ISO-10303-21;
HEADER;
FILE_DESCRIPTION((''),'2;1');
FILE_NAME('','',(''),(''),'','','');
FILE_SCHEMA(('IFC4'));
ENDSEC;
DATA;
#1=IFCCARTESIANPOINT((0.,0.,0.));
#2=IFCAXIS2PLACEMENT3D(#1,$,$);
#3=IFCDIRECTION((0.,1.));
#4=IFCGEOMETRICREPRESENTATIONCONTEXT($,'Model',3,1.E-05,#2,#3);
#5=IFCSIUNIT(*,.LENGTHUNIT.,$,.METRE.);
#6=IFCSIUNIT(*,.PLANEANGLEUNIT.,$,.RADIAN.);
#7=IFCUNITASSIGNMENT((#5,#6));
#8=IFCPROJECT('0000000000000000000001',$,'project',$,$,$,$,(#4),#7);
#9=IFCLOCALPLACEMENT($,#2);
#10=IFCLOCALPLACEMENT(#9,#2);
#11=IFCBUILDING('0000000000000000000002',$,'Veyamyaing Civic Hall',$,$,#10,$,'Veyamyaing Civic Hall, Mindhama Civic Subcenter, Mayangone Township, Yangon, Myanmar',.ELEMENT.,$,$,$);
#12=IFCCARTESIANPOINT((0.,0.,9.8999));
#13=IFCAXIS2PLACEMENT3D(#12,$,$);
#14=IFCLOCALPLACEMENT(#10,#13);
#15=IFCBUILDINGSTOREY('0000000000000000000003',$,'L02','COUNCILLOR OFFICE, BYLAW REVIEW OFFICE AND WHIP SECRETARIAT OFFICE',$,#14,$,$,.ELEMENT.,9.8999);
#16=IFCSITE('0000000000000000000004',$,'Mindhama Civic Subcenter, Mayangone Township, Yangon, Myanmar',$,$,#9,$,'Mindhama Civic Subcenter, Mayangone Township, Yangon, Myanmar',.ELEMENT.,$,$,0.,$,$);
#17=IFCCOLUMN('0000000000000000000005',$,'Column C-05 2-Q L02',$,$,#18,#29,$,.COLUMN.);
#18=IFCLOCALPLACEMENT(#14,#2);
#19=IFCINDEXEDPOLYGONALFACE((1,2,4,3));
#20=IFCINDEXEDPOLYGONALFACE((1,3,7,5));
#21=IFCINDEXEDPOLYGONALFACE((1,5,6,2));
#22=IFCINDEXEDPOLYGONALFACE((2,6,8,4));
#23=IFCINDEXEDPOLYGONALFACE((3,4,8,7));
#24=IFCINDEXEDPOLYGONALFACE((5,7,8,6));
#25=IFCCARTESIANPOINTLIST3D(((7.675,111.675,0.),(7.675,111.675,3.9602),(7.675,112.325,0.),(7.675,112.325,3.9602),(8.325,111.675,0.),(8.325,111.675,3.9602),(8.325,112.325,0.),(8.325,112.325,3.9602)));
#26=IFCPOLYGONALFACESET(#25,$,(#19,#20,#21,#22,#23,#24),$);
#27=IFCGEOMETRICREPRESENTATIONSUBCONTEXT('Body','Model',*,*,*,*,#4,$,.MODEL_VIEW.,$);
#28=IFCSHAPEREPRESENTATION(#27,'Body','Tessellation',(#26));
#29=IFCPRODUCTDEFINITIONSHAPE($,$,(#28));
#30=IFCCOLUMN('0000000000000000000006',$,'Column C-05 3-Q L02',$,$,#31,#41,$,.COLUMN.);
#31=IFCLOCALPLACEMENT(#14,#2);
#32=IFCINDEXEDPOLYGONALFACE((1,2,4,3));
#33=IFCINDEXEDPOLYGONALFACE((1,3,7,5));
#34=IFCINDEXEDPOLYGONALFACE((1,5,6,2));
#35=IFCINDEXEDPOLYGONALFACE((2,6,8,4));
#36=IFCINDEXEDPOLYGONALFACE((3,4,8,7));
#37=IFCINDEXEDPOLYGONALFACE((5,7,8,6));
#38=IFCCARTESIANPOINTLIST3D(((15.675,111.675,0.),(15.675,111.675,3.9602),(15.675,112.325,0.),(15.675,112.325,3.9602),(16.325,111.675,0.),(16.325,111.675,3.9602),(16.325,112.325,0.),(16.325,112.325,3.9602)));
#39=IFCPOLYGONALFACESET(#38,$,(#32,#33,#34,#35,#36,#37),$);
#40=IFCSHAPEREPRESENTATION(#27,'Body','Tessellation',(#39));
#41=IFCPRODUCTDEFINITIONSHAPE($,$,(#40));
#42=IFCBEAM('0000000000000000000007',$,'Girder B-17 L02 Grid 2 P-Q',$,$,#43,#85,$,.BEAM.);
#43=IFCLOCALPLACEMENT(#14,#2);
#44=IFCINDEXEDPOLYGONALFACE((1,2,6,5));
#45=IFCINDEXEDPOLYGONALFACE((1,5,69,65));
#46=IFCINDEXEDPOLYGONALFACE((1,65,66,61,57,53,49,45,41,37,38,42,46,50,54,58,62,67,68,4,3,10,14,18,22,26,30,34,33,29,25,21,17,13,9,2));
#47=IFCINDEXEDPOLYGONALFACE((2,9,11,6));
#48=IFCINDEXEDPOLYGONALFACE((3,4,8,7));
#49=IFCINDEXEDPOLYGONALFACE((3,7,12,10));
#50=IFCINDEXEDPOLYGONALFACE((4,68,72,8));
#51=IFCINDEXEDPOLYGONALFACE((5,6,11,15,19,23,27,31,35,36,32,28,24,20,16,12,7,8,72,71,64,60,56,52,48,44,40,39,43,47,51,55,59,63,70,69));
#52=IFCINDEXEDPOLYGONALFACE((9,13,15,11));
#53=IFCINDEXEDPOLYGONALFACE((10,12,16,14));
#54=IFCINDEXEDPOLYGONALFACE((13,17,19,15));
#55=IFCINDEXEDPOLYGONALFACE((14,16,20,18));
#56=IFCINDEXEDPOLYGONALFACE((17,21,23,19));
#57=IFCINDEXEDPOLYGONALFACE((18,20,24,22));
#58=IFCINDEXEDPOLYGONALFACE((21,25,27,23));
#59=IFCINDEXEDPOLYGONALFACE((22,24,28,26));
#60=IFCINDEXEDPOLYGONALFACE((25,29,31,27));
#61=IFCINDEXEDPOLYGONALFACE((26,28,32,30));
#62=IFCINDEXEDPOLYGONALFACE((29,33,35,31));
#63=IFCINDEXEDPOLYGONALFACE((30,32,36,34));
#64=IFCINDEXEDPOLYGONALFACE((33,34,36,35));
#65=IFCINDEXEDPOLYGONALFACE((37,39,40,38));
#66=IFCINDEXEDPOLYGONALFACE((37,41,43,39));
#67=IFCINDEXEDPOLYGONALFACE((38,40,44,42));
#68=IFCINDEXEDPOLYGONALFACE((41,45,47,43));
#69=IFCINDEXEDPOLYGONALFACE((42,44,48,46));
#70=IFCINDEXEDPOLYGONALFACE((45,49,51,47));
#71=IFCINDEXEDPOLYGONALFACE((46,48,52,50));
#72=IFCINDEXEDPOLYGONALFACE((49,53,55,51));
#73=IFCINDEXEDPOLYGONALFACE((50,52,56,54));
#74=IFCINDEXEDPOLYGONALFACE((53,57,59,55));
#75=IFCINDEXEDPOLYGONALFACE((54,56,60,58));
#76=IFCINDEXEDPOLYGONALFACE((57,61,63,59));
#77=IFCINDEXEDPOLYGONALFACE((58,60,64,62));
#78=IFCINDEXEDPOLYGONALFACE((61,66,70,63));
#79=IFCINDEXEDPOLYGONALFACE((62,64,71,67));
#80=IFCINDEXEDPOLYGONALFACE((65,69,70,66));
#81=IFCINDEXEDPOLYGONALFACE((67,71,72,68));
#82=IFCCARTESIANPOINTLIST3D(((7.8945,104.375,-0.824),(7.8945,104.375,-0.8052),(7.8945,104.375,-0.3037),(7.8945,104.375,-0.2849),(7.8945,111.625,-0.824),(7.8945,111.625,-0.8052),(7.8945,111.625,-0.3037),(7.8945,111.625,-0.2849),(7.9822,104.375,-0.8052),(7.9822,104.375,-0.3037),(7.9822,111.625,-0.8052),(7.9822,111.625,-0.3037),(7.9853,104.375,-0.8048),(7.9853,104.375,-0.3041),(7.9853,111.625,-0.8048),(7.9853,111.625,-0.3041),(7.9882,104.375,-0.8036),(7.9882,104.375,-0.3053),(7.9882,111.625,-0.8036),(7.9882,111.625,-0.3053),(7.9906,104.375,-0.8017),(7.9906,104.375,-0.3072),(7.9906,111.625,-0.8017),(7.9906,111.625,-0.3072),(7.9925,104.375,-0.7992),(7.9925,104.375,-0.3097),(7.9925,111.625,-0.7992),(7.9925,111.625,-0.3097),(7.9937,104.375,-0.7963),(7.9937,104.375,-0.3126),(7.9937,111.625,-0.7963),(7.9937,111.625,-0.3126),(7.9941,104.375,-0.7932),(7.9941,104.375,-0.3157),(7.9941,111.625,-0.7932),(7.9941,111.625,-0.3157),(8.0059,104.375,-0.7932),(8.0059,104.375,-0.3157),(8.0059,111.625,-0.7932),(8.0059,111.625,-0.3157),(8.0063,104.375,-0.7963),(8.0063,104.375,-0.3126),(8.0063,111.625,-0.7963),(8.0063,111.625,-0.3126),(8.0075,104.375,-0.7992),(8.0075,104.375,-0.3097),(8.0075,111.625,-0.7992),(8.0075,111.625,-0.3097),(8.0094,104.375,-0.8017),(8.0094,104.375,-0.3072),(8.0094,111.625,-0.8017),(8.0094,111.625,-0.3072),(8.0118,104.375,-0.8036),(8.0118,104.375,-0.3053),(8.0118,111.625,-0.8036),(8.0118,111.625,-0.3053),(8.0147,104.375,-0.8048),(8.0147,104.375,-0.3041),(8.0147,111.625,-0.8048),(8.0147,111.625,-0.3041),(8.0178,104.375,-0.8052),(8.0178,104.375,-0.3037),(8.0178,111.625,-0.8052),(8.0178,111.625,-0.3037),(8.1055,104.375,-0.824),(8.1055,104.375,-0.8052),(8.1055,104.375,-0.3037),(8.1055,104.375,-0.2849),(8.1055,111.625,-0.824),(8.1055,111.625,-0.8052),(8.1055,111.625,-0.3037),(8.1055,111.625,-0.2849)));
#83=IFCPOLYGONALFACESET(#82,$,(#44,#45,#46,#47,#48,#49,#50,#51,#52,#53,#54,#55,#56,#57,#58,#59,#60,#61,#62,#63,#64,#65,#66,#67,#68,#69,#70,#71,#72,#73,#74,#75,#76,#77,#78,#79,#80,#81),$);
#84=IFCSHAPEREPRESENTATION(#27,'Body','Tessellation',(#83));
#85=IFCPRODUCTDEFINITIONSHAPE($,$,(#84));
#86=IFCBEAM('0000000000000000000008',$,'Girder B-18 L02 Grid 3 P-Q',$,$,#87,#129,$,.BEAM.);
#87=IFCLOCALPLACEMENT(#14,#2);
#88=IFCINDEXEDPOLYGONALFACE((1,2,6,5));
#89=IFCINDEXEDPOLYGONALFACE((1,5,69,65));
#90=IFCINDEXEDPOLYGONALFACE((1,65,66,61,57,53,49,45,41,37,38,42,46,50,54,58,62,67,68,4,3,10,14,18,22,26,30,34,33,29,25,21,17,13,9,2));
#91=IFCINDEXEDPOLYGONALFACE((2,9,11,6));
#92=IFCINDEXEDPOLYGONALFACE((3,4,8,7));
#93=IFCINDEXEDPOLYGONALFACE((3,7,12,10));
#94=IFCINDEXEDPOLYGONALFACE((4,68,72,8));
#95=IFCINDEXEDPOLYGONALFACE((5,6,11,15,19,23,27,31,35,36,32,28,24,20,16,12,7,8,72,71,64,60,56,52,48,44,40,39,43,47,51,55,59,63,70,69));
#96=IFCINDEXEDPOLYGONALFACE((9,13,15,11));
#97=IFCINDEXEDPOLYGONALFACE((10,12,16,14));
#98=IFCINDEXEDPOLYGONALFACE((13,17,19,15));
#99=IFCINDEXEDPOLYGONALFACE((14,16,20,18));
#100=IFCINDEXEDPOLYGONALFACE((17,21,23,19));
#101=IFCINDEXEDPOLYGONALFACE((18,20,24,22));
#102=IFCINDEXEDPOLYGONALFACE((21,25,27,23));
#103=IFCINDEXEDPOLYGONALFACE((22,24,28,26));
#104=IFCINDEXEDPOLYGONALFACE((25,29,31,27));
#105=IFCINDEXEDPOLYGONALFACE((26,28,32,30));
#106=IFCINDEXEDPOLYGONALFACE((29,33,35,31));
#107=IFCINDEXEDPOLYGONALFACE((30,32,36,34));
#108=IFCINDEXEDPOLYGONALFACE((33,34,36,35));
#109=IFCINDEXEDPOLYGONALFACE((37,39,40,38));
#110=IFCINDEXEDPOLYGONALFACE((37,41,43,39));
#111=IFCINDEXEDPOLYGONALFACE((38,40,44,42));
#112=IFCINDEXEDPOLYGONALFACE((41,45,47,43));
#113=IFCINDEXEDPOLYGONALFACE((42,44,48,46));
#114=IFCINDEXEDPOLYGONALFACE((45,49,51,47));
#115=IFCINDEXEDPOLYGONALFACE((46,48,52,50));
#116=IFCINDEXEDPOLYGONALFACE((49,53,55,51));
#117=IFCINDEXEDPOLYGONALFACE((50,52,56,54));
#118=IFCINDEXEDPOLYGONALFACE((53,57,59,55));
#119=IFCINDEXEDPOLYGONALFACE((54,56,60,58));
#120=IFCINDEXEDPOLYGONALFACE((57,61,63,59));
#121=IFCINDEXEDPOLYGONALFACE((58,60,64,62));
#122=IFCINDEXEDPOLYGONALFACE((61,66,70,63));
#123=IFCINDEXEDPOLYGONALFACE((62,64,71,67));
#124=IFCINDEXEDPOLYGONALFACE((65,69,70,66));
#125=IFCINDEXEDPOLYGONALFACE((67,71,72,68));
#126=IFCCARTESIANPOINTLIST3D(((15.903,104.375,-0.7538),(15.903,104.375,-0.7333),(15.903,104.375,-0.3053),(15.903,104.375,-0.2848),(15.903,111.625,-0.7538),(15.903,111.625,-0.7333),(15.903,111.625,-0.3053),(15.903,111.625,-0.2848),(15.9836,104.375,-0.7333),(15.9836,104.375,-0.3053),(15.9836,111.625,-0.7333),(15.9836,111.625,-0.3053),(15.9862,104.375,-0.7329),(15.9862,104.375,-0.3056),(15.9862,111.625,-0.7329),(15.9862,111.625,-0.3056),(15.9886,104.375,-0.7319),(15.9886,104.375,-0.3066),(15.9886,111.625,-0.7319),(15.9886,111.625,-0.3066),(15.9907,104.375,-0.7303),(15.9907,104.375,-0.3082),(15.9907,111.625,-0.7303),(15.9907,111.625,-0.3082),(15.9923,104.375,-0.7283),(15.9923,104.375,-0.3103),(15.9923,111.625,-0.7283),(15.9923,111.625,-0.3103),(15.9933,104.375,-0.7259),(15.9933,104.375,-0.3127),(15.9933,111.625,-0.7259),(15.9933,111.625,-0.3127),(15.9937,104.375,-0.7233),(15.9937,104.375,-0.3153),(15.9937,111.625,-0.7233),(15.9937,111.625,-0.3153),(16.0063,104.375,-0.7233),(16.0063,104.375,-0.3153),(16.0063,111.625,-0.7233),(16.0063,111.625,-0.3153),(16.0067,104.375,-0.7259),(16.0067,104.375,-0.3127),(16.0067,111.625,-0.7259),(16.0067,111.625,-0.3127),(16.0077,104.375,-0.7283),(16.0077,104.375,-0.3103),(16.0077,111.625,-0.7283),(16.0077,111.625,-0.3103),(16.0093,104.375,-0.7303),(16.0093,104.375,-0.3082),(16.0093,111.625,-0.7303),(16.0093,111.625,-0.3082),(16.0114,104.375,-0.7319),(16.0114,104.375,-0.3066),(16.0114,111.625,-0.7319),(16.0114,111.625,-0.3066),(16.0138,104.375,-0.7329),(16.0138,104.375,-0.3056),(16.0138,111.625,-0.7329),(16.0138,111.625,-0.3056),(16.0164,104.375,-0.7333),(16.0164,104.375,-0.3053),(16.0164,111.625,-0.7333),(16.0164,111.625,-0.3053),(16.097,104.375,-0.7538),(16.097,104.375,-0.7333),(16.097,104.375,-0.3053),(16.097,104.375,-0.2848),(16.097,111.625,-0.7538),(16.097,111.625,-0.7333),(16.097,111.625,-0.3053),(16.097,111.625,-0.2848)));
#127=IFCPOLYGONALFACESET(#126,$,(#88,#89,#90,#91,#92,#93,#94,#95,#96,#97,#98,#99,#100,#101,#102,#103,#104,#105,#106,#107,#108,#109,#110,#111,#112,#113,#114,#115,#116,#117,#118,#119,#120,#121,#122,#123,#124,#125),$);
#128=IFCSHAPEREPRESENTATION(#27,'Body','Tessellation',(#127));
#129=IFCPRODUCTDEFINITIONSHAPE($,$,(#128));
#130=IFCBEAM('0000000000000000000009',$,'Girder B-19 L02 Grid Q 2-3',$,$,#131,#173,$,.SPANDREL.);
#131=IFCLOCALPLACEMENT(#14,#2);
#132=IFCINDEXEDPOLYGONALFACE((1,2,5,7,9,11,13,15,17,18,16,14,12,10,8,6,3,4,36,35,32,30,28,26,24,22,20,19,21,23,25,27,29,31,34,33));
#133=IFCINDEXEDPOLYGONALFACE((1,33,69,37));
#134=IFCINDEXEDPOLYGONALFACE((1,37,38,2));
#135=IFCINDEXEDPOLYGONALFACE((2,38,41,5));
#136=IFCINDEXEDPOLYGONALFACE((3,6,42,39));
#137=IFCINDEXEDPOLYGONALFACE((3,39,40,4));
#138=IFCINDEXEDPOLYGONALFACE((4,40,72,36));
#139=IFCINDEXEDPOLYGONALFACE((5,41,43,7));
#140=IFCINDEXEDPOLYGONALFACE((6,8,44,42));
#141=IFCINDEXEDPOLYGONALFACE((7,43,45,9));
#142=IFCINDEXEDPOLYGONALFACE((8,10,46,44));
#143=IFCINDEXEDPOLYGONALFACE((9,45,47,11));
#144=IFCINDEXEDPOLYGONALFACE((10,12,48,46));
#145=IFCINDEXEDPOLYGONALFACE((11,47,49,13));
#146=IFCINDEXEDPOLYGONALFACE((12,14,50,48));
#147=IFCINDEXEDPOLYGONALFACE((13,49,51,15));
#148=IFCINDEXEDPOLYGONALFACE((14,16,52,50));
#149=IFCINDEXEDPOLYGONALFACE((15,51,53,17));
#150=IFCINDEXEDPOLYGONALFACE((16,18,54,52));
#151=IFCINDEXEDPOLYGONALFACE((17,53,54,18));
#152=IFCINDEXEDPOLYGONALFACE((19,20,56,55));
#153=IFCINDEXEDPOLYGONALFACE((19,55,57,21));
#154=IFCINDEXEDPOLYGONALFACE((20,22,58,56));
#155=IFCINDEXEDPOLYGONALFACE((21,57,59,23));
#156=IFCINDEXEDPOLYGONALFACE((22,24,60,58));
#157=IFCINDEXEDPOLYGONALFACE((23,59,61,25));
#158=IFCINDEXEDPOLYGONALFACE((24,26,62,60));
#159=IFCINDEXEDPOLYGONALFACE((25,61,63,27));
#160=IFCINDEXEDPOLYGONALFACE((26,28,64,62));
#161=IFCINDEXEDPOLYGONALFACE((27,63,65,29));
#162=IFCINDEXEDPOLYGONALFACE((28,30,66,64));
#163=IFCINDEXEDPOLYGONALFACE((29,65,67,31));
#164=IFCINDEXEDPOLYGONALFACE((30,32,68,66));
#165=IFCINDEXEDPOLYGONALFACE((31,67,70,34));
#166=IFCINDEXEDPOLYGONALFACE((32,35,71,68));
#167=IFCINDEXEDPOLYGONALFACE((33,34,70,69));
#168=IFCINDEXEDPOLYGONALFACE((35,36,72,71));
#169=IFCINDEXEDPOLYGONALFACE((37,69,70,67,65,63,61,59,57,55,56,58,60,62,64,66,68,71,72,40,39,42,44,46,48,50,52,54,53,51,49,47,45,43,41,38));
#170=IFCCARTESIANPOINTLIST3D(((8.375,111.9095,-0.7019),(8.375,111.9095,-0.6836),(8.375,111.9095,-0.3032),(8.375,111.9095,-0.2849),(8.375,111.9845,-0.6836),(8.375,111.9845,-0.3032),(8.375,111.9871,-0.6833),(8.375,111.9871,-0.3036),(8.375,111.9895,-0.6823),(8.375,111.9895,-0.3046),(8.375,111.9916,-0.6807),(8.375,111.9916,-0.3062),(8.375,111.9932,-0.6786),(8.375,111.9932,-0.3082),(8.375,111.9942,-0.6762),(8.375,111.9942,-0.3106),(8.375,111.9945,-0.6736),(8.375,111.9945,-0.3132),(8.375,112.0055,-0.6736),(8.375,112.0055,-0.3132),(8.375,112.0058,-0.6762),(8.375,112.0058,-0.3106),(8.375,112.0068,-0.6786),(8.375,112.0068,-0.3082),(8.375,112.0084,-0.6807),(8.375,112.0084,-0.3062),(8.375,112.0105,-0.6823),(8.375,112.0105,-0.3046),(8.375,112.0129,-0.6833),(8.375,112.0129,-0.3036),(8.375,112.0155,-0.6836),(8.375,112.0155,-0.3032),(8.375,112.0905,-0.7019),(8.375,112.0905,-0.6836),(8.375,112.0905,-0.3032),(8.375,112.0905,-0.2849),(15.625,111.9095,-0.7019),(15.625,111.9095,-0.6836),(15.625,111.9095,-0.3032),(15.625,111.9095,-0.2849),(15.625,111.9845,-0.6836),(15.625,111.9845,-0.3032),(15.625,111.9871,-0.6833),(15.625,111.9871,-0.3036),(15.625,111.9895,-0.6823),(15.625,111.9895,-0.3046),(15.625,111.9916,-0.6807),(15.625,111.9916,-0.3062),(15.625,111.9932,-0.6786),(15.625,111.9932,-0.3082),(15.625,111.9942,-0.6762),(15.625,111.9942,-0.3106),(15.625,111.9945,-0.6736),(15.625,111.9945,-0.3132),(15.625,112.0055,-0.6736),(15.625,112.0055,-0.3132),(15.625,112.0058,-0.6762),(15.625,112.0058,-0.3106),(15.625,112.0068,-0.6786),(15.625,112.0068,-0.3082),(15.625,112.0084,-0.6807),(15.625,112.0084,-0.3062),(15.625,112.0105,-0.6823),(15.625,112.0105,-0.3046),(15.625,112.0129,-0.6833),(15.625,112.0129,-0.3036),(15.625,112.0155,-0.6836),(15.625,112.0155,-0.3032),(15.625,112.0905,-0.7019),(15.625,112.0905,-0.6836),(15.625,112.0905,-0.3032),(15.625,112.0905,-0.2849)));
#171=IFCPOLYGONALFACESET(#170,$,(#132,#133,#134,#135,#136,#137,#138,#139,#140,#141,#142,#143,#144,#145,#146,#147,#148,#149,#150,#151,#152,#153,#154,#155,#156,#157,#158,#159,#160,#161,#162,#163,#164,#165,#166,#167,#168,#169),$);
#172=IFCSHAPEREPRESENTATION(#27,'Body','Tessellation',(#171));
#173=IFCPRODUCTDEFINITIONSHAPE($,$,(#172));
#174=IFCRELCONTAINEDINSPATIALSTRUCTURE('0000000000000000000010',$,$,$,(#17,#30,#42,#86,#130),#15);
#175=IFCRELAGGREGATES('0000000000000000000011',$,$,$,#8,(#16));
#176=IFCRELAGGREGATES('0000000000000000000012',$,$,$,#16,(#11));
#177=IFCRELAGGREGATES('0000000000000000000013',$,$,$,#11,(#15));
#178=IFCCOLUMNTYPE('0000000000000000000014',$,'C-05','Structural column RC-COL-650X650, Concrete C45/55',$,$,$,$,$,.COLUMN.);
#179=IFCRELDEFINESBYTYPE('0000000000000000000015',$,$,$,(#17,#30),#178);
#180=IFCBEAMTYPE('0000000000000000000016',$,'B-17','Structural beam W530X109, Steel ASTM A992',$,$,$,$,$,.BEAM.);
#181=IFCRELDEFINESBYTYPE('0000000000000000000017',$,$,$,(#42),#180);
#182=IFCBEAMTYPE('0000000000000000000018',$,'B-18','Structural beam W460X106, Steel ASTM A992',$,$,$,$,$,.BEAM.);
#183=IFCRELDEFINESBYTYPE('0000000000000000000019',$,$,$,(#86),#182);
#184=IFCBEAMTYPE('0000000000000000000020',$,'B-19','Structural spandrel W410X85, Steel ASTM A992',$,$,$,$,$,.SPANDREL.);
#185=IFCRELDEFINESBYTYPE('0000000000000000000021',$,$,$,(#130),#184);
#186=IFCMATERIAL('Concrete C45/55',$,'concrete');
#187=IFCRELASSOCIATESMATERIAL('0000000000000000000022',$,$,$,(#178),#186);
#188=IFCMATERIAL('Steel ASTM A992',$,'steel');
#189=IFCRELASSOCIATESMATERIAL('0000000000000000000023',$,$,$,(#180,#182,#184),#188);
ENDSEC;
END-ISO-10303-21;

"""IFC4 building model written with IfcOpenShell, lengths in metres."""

from ifc_helpers import new_model, si_unit, direction, frame, origin, origin_2d, place, context, subcontext, project, spatial, rectangle, i_section, extrude, material, material_profile, profile_set, type_object, element, save


model = new_model("IFC4")

# Units and contexts
model_context = context("Model", 3, precision=1e-05, world=origin(), true_north=direction((0.0, 1.0)))
body_context = subcontext(model_context, "Body", "Model", "MODEL_VIEW")
ifc_project = project(units=[si_unit("LENGTHUNIT", "METRE"), si_unit("PLANEANGLEUNIT", "RADIAN")], contexts=[model_context])

# Site, building, storey
site_placement = place(None, origin())
site = spatial("IfcSite", under=ifc_project, at=site_placement, Name="Mindhama Civic Subcenter, Mayangone Township, Yangon, Myanmar", LongName="Mindhama Civic Subcenter, Mayangone Township, Yangon, Myanmar", CompositionType="ELEMENT", RefElevation=0.0)
building_placement = place(site_placement, origin())
building = spatial("IfcBuilding", under=site, at=building_placement, Name="Veyamyaing Civic Hall", LongName="Veyamyaing Civic Hall, Mindhama Civic Subcenter, Mayangone Township, Yangon, Myanmar", CompositionType="ELEMENT")
storey_placement = place(building_placement, frame((0.0, 0.0, 9.8999)))
storey = spatial("IfcBuildingStorey", under=building, at=storey_placement, Name="L02", Description="COUNCILLOR OFFICE, BYLAW REVIEW OFFICE AND WHIP SECRETARIAT OFFICE", CompositionType="ELEMENT", Elevation=9.8999)

# Columns
ifc_material_1 = material(Name="Concrete C45/55", Category="concrete")
ifc_material_profile_1 = material_profile(ifc_material_1, rectangle(XDim=0.6499, YDim=0.6499, at=origin_2d()), Name="RC-COL-650X650")
ifc_profile_set_1 = profile_set([ifc_material_profile_1], Name="Concrete C45/55")
column_type = type_object("IfcColumnType", Name="C-05", Description="Structural column RC-COL-650X650, Concrete C45/55", PredefinedType="COLUMN", material=ifc_profile_set_1)
for number, where, z_axis, x_axis, name in (
    (1, (8.0, 112.0, 0.0), (0.0, 0.0, 1.0), (1.0, 0.0, 0.0), "Column C-05 2-Q L02"),
    (2, (16.0, 112.0, 0.0), (0.0, 0.0, 1.0), (1.0, 0.0, 0.0), "Column C-05 3-Q L02"),
):
    element("IfcColumn", number, at=place(storey_placement, frame(where, z_axis=z_axis, x_axis=x_axis)), inside=storey, type_object=column_type, Name=name, PredefinedType="COLUMN", context=body_context, shape_type="SweptSolid", body=[
        extrude(rectangle(XDim=0.6499, YDim=0.6499, at=origin_2d()), origin(), (0.0, 0.0, 1.0), 3.9602),
    ])

# Beams
ifc_material_2 = material(Name="Steel ASTM A992", Category="steel")
ifc_material_profile_2 = material_profile(ifc_material_2, i_section(OverallWidth=0.2109, OverallDepth=0.5391, WebThickness=0.0117, FlangeThickness=0.0188, FilletRadius=0.012, at=origin_2d()), Name="W530X109")
ifc_profile_set_2 = profile_set([ifc_material_profile_2], Name="Steel ASTM A992")
beam_type_1 = type_object("IfcBeamType", Name="B-17", Description="Structural beam W530X109, Steel ASTM A992", PredefinedType="BEAM", material=ifc_profile_set_2)
beam_1_placement = place(storey_placement, frame((8.0, 104.375, -0.5544), z_axis=(0.0, 1.0, 0.0), x_axis=(-1.0, 0.0, 0.0)))
element("IfcBeam", 3, at=beam_1_placement, inside=storey, type_object=beam_type_1, Name="Girder B-17 L02 Grid 2 P-Q", PredefinedType="BEAM", context=body_context, shape_type="SweptSolid", body=[
    extrude(i_section(OverallWidth=0.2109, OverallDepth=0.5391, WebThickness=0.0117, FlangeThickness=0.0188, FilletRadius=0.012, at=origin_2d()), origin(), (0.0, 0.0, 1.0), 7.25),
])
ifc_material_profile_3 = material_profile(ifc_material_2, i_section(OverallWidth=0.1941, OverallDepth=0.469, WebThickness=0.0127, FlangeThickness=0.0205, FilletRadius=0.01, at=origin_2d()), Name="W460X106")
ifc_profile_set_3 = profile_set([ifc_material_profile_3], Name="Steel ASTM A992")
beam_type_2 = type_object("IfcBeamType", Name="B-18", Description="Structural beam W460X106, Steel ASTM A992", PredefinedType="BEAM", material=ifc_profile_set_3)
beam_2_placement = place(storey_placement, frame((16.0, 104.375, -0.5193), z_axis=(0.0, 1.0, 0.0), x_axis=(-1.0, 0.0, 0.0)))
element("IfcBeam", 4, at=beam_2_placement, inside=storey, type_object=beam_type_2, Name="Girder B-18 L02 Grid 3 P-Q", PredefinedType="BEAM", context=body_context, shape_type="SweptSolid", body=[
    extrude(i_section(OverallWidth=0.1941, OverallDepth=0.469, WebThickness=0.0127, FlangeThickness=0.0205, FilletRadius=0.01, at=origin_2d()), origin(), (0.0, 0.0, 1.0), 7.25),
])
ifc_material_profile_4 = material_profile(ifc_material_2, i_section(OverallWidth=0.1809, OverallDepth=0.417, WebThickness=0.011, FlangeThickness=0.0183, FilletRadius=0.01, at=origin_2d()), Name="W410X85")
ifc_profile_set_4 = profile_set([ifc_material_profile_4], Name="Steel ASTM A992")
beam_type_3 = type_object("IfcBeamType", Name="B-19", Description="Structural spandrel W410X85, Steel ASTM A992", PredefinedType="SPANDREL", material=ifc_profile_set_4)
beam_3_placement = place(storey_placement, frame((8.375, 112.0, -0.4934), z_axis=(1.0, 0.0, 0.0), x_axis=(0.0, 1.0, 0.0)))
element("IfcBeam", 5, at=beam_3_placement, inside=storey, type_object=beam_type_3, Name="Girder B-19 L02 Grid Q 2-3", PredefinedType="SPANDREL", context=body_context, shape_type="SweptSolid", body=[
    extrude(i_section(OverallWidth=0.1809, OverallDepth=0.417, WebThickness=0.011, FlangeThickness=0.0183, FilletRadius=0.01, at=origin_2d()), origin(), (0.0, 0.0, 1.0), 7.25),
])

save(model, "model.ifc")
